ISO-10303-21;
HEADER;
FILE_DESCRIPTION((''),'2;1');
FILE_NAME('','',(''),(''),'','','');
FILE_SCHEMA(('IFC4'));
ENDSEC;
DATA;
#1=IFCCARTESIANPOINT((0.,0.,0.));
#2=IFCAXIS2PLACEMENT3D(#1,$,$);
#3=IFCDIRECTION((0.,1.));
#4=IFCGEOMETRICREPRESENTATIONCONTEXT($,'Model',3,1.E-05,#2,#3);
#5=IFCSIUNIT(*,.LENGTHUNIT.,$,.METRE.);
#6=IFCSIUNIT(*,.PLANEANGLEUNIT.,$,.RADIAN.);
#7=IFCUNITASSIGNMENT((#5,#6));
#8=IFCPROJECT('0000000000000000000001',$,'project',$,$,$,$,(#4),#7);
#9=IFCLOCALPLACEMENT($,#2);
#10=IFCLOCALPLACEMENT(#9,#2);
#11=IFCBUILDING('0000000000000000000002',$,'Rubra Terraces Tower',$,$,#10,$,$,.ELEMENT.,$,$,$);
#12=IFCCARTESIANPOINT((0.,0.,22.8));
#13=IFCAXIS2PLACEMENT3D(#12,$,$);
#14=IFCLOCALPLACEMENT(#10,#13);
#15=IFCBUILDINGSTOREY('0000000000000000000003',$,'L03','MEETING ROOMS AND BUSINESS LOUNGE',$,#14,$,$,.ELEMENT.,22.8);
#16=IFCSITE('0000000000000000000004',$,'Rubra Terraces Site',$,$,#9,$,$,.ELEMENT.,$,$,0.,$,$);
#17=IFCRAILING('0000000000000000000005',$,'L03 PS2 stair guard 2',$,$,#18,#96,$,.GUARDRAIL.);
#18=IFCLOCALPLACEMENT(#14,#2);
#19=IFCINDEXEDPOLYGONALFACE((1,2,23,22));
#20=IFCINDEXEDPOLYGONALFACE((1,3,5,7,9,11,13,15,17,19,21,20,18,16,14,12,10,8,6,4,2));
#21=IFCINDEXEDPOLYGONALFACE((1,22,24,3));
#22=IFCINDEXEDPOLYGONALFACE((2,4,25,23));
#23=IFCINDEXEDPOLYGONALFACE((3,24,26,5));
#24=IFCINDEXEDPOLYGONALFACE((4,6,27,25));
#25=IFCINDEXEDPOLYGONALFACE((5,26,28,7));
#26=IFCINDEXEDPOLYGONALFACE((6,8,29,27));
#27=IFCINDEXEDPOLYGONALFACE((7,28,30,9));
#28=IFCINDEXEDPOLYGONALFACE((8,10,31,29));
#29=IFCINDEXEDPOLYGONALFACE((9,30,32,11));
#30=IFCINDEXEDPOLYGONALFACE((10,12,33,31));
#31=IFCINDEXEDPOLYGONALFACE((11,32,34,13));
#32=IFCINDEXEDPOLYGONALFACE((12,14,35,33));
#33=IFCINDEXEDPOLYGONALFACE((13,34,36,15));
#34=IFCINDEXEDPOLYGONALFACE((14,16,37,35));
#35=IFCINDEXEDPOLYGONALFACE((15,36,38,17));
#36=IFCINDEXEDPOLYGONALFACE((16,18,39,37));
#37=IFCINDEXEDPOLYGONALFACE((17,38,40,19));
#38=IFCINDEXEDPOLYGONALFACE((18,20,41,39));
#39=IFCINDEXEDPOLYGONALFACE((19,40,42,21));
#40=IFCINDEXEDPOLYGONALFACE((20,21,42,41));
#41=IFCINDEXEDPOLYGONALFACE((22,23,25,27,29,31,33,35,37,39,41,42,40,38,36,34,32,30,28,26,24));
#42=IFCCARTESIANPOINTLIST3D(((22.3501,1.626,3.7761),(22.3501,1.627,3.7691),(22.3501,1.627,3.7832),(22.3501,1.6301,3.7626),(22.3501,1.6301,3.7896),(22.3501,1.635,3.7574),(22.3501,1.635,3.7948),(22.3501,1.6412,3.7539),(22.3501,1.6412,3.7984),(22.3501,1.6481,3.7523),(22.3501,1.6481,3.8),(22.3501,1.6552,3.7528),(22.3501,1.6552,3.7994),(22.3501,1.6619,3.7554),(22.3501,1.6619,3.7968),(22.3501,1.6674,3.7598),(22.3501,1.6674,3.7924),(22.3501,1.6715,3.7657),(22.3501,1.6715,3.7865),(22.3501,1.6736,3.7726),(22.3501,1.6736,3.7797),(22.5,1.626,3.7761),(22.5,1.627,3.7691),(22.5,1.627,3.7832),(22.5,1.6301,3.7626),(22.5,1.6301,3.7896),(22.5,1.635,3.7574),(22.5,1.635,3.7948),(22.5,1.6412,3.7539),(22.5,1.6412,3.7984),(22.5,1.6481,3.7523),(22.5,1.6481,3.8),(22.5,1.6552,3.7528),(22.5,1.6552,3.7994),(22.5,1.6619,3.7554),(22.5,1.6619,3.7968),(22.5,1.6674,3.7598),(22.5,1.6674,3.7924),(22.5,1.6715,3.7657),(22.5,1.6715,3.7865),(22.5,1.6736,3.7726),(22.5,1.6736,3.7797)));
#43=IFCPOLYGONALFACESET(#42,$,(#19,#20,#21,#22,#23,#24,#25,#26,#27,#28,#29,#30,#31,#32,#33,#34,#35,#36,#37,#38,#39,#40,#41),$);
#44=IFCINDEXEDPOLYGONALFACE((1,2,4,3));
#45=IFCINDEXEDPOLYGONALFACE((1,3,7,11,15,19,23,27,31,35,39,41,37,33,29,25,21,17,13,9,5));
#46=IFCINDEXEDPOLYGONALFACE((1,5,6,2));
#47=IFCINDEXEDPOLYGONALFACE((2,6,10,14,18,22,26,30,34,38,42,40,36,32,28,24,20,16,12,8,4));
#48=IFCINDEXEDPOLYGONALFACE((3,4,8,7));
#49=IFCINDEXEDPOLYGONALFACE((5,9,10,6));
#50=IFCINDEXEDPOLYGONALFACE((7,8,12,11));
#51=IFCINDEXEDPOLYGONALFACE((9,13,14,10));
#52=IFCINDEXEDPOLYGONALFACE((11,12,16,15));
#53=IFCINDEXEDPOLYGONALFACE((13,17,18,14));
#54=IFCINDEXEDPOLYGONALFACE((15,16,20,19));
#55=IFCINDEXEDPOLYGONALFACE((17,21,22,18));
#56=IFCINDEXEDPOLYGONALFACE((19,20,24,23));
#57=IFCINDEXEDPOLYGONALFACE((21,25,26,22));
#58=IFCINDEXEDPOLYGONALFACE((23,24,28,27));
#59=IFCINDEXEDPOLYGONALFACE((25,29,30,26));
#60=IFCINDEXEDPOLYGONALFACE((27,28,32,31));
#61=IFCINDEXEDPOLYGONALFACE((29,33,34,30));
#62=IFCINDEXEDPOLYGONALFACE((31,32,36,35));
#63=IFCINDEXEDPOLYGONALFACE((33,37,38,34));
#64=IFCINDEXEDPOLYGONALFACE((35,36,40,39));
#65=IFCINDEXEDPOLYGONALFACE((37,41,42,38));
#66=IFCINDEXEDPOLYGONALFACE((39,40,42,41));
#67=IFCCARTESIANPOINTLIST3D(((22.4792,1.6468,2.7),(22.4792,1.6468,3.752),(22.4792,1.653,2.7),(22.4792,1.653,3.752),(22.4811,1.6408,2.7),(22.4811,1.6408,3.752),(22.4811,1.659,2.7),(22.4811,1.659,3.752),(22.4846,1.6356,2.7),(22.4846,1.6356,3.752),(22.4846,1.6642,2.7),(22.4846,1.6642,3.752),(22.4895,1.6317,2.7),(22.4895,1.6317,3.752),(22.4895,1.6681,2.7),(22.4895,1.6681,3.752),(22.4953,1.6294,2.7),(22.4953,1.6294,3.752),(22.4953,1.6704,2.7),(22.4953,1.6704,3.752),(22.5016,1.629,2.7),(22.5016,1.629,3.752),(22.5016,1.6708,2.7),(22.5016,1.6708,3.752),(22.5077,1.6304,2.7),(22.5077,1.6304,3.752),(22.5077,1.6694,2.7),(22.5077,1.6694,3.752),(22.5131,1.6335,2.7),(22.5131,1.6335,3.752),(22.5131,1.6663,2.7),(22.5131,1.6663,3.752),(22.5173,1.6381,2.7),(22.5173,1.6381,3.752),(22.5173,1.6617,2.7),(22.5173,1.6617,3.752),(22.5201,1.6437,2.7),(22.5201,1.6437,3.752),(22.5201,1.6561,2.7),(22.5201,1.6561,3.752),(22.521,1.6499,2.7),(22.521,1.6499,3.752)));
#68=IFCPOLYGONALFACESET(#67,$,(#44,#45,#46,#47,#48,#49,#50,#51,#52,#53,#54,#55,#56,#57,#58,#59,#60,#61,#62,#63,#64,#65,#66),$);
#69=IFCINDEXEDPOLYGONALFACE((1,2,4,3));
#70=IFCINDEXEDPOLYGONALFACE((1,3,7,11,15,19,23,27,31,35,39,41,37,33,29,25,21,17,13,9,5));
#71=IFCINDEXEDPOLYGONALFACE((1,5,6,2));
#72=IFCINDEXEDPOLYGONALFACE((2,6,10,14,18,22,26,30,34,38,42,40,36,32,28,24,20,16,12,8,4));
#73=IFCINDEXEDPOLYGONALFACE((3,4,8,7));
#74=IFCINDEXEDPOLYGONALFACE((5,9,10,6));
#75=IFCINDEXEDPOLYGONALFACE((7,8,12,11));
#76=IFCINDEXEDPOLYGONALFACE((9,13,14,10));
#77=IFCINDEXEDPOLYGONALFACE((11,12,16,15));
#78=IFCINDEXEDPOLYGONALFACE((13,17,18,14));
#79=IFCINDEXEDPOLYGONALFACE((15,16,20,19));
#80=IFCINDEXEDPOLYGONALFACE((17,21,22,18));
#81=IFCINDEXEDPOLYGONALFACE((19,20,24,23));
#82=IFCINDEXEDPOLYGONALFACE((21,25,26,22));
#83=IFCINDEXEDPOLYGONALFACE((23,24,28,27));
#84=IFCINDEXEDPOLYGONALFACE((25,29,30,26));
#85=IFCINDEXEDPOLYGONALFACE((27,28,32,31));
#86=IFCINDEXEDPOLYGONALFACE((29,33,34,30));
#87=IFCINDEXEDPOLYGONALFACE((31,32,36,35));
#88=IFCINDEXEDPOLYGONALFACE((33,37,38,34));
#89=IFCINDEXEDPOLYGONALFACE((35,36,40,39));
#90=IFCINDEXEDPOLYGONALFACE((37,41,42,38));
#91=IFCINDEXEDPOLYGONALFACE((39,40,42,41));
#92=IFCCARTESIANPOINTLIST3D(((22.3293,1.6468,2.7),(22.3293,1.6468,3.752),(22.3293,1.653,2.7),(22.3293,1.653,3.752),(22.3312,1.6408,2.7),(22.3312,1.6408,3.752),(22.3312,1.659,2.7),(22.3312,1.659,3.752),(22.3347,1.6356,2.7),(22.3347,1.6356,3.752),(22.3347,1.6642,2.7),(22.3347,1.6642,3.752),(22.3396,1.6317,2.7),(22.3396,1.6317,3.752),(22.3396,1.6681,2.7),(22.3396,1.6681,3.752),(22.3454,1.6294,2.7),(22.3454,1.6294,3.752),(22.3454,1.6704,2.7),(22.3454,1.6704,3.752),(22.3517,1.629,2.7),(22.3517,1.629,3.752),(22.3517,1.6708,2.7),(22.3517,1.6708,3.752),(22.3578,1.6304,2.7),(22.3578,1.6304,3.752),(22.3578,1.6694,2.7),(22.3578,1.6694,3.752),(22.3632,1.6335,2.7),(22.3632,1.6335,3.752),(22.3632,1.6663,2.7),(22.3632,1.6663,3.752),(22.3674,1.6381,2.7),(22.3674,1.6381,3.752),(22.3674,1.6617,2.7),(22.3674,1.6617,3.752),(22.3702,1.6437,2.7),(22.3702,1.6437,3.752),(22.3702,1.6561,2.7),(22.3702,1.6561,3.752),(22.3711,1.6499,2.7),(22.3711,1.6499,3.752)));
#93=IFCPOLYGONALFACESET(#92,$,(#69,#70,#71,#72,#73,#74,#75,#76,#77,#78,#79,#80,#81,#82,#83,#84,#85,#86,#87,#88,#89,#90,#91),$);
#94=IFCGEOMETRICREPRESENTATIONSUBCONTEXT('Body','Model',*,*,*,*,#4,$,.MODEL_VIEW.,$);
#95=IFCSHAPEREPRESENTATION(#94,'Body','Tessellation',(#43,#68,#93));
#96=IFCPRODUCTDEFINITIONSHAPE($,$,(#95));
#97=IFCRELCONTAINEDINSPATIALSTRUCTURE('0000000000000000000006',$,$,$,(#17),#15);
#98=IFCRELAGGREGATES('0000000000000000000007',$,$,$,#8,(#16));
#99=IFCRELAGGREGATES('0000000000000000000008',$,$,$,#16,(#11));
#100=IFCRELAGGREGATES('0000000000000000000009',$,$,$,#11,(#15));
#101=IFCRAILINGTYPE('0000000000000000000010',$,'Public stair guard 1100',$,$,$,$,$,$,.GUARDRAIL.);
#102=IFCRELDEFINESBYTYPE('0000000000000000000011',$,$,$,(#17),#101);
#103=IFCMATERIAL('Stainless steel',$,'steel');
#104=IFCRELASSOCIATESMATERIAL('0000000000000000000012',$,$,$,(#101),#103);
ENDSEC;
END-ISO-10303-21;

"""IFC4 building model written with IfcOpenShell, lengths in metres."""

from ifc_helpers import new_model, si_unit, direction, frame, origin, origin_2d, place, context, subcontext, project, spatial, circle, extrude, material, type_object, element, save


model = new_model("IFC4")

# Units and contexts
model_context = context("Model", 3, precision=1e-05, world=origin(), true_north=direction((0.0, 1.0)))
body_context = subcontext(model_context, "Body", "Model", "MODEL_VIEW")
ifc_project = project(units=[si_unit("LENGTHUNIT", "METRE"), si_unit("PLANEANGLEUNIT", "RADIAN")], contexts=[model_context])

# Site, building, storey
site_placement = place(None, origin())
site = spatial("IfcSite", under=ifc_project, at=site_placement, Name="Rubra Terraces Site", CompositionType="ELEMENT", RefElevation=0.0)
building_placement = place(site_placement, origin())
building = spatial("IfcBuilding", under=site, at=building_placement, Name="Rubra Terraces Tower", CompositionType="ELEMENT")
storey_placement = place(building_placement, frame((0.0, 0.0, 22.8)))
storey = spatial("IfcBuildingStorey", under=building, at=storey_placement, Name="L03", Description="MEETING ROOMS AND BUSINESS LOUNGE", CompositionType="ELEMENT", Elevation=22.8)

# Railing
ifc_material_1 = material(Name="Stainless steel", Category="steel")
railing_type_1 = type_object("IfcRailingType", Name="Public stair guard 1100", PredefinedType="GUARDRAIL", material=ifc_material_1)
railing_1_placement = place(storey_placement, frame((22.5, 1.6499, 2.7)))
element("IfcRailing", 1, at=railing_1_placement, inside=storey, type_object=railing_type_1, Name="L03 PS2 stair guard 2", PredefinedType="GUARDRAIL", context=body_context, shape_type="SweptSolid", body=[
    extrude(circle(Radius=0.0239, at=origin_2d()), frame((0.0, 0.0, 1.0762), z_axis=(-1.0, 0.0, 0.0), x_axis=(0.0, -1.0, 0.0)), (0.0, 0.0, 1.0), 0.1499),
    extrude(circle(Radius=0.021, at=origin_2d()), origin(), (0.0, 0.0, 1.0), 1.052),
    extrude(circle(Radius=0.021, at=origin_2d()), frame((-0.1499, 0.0, 0.0)), (0.0, 0.0, 1.0), 1.052),
])

save(model, "model.ifc")
